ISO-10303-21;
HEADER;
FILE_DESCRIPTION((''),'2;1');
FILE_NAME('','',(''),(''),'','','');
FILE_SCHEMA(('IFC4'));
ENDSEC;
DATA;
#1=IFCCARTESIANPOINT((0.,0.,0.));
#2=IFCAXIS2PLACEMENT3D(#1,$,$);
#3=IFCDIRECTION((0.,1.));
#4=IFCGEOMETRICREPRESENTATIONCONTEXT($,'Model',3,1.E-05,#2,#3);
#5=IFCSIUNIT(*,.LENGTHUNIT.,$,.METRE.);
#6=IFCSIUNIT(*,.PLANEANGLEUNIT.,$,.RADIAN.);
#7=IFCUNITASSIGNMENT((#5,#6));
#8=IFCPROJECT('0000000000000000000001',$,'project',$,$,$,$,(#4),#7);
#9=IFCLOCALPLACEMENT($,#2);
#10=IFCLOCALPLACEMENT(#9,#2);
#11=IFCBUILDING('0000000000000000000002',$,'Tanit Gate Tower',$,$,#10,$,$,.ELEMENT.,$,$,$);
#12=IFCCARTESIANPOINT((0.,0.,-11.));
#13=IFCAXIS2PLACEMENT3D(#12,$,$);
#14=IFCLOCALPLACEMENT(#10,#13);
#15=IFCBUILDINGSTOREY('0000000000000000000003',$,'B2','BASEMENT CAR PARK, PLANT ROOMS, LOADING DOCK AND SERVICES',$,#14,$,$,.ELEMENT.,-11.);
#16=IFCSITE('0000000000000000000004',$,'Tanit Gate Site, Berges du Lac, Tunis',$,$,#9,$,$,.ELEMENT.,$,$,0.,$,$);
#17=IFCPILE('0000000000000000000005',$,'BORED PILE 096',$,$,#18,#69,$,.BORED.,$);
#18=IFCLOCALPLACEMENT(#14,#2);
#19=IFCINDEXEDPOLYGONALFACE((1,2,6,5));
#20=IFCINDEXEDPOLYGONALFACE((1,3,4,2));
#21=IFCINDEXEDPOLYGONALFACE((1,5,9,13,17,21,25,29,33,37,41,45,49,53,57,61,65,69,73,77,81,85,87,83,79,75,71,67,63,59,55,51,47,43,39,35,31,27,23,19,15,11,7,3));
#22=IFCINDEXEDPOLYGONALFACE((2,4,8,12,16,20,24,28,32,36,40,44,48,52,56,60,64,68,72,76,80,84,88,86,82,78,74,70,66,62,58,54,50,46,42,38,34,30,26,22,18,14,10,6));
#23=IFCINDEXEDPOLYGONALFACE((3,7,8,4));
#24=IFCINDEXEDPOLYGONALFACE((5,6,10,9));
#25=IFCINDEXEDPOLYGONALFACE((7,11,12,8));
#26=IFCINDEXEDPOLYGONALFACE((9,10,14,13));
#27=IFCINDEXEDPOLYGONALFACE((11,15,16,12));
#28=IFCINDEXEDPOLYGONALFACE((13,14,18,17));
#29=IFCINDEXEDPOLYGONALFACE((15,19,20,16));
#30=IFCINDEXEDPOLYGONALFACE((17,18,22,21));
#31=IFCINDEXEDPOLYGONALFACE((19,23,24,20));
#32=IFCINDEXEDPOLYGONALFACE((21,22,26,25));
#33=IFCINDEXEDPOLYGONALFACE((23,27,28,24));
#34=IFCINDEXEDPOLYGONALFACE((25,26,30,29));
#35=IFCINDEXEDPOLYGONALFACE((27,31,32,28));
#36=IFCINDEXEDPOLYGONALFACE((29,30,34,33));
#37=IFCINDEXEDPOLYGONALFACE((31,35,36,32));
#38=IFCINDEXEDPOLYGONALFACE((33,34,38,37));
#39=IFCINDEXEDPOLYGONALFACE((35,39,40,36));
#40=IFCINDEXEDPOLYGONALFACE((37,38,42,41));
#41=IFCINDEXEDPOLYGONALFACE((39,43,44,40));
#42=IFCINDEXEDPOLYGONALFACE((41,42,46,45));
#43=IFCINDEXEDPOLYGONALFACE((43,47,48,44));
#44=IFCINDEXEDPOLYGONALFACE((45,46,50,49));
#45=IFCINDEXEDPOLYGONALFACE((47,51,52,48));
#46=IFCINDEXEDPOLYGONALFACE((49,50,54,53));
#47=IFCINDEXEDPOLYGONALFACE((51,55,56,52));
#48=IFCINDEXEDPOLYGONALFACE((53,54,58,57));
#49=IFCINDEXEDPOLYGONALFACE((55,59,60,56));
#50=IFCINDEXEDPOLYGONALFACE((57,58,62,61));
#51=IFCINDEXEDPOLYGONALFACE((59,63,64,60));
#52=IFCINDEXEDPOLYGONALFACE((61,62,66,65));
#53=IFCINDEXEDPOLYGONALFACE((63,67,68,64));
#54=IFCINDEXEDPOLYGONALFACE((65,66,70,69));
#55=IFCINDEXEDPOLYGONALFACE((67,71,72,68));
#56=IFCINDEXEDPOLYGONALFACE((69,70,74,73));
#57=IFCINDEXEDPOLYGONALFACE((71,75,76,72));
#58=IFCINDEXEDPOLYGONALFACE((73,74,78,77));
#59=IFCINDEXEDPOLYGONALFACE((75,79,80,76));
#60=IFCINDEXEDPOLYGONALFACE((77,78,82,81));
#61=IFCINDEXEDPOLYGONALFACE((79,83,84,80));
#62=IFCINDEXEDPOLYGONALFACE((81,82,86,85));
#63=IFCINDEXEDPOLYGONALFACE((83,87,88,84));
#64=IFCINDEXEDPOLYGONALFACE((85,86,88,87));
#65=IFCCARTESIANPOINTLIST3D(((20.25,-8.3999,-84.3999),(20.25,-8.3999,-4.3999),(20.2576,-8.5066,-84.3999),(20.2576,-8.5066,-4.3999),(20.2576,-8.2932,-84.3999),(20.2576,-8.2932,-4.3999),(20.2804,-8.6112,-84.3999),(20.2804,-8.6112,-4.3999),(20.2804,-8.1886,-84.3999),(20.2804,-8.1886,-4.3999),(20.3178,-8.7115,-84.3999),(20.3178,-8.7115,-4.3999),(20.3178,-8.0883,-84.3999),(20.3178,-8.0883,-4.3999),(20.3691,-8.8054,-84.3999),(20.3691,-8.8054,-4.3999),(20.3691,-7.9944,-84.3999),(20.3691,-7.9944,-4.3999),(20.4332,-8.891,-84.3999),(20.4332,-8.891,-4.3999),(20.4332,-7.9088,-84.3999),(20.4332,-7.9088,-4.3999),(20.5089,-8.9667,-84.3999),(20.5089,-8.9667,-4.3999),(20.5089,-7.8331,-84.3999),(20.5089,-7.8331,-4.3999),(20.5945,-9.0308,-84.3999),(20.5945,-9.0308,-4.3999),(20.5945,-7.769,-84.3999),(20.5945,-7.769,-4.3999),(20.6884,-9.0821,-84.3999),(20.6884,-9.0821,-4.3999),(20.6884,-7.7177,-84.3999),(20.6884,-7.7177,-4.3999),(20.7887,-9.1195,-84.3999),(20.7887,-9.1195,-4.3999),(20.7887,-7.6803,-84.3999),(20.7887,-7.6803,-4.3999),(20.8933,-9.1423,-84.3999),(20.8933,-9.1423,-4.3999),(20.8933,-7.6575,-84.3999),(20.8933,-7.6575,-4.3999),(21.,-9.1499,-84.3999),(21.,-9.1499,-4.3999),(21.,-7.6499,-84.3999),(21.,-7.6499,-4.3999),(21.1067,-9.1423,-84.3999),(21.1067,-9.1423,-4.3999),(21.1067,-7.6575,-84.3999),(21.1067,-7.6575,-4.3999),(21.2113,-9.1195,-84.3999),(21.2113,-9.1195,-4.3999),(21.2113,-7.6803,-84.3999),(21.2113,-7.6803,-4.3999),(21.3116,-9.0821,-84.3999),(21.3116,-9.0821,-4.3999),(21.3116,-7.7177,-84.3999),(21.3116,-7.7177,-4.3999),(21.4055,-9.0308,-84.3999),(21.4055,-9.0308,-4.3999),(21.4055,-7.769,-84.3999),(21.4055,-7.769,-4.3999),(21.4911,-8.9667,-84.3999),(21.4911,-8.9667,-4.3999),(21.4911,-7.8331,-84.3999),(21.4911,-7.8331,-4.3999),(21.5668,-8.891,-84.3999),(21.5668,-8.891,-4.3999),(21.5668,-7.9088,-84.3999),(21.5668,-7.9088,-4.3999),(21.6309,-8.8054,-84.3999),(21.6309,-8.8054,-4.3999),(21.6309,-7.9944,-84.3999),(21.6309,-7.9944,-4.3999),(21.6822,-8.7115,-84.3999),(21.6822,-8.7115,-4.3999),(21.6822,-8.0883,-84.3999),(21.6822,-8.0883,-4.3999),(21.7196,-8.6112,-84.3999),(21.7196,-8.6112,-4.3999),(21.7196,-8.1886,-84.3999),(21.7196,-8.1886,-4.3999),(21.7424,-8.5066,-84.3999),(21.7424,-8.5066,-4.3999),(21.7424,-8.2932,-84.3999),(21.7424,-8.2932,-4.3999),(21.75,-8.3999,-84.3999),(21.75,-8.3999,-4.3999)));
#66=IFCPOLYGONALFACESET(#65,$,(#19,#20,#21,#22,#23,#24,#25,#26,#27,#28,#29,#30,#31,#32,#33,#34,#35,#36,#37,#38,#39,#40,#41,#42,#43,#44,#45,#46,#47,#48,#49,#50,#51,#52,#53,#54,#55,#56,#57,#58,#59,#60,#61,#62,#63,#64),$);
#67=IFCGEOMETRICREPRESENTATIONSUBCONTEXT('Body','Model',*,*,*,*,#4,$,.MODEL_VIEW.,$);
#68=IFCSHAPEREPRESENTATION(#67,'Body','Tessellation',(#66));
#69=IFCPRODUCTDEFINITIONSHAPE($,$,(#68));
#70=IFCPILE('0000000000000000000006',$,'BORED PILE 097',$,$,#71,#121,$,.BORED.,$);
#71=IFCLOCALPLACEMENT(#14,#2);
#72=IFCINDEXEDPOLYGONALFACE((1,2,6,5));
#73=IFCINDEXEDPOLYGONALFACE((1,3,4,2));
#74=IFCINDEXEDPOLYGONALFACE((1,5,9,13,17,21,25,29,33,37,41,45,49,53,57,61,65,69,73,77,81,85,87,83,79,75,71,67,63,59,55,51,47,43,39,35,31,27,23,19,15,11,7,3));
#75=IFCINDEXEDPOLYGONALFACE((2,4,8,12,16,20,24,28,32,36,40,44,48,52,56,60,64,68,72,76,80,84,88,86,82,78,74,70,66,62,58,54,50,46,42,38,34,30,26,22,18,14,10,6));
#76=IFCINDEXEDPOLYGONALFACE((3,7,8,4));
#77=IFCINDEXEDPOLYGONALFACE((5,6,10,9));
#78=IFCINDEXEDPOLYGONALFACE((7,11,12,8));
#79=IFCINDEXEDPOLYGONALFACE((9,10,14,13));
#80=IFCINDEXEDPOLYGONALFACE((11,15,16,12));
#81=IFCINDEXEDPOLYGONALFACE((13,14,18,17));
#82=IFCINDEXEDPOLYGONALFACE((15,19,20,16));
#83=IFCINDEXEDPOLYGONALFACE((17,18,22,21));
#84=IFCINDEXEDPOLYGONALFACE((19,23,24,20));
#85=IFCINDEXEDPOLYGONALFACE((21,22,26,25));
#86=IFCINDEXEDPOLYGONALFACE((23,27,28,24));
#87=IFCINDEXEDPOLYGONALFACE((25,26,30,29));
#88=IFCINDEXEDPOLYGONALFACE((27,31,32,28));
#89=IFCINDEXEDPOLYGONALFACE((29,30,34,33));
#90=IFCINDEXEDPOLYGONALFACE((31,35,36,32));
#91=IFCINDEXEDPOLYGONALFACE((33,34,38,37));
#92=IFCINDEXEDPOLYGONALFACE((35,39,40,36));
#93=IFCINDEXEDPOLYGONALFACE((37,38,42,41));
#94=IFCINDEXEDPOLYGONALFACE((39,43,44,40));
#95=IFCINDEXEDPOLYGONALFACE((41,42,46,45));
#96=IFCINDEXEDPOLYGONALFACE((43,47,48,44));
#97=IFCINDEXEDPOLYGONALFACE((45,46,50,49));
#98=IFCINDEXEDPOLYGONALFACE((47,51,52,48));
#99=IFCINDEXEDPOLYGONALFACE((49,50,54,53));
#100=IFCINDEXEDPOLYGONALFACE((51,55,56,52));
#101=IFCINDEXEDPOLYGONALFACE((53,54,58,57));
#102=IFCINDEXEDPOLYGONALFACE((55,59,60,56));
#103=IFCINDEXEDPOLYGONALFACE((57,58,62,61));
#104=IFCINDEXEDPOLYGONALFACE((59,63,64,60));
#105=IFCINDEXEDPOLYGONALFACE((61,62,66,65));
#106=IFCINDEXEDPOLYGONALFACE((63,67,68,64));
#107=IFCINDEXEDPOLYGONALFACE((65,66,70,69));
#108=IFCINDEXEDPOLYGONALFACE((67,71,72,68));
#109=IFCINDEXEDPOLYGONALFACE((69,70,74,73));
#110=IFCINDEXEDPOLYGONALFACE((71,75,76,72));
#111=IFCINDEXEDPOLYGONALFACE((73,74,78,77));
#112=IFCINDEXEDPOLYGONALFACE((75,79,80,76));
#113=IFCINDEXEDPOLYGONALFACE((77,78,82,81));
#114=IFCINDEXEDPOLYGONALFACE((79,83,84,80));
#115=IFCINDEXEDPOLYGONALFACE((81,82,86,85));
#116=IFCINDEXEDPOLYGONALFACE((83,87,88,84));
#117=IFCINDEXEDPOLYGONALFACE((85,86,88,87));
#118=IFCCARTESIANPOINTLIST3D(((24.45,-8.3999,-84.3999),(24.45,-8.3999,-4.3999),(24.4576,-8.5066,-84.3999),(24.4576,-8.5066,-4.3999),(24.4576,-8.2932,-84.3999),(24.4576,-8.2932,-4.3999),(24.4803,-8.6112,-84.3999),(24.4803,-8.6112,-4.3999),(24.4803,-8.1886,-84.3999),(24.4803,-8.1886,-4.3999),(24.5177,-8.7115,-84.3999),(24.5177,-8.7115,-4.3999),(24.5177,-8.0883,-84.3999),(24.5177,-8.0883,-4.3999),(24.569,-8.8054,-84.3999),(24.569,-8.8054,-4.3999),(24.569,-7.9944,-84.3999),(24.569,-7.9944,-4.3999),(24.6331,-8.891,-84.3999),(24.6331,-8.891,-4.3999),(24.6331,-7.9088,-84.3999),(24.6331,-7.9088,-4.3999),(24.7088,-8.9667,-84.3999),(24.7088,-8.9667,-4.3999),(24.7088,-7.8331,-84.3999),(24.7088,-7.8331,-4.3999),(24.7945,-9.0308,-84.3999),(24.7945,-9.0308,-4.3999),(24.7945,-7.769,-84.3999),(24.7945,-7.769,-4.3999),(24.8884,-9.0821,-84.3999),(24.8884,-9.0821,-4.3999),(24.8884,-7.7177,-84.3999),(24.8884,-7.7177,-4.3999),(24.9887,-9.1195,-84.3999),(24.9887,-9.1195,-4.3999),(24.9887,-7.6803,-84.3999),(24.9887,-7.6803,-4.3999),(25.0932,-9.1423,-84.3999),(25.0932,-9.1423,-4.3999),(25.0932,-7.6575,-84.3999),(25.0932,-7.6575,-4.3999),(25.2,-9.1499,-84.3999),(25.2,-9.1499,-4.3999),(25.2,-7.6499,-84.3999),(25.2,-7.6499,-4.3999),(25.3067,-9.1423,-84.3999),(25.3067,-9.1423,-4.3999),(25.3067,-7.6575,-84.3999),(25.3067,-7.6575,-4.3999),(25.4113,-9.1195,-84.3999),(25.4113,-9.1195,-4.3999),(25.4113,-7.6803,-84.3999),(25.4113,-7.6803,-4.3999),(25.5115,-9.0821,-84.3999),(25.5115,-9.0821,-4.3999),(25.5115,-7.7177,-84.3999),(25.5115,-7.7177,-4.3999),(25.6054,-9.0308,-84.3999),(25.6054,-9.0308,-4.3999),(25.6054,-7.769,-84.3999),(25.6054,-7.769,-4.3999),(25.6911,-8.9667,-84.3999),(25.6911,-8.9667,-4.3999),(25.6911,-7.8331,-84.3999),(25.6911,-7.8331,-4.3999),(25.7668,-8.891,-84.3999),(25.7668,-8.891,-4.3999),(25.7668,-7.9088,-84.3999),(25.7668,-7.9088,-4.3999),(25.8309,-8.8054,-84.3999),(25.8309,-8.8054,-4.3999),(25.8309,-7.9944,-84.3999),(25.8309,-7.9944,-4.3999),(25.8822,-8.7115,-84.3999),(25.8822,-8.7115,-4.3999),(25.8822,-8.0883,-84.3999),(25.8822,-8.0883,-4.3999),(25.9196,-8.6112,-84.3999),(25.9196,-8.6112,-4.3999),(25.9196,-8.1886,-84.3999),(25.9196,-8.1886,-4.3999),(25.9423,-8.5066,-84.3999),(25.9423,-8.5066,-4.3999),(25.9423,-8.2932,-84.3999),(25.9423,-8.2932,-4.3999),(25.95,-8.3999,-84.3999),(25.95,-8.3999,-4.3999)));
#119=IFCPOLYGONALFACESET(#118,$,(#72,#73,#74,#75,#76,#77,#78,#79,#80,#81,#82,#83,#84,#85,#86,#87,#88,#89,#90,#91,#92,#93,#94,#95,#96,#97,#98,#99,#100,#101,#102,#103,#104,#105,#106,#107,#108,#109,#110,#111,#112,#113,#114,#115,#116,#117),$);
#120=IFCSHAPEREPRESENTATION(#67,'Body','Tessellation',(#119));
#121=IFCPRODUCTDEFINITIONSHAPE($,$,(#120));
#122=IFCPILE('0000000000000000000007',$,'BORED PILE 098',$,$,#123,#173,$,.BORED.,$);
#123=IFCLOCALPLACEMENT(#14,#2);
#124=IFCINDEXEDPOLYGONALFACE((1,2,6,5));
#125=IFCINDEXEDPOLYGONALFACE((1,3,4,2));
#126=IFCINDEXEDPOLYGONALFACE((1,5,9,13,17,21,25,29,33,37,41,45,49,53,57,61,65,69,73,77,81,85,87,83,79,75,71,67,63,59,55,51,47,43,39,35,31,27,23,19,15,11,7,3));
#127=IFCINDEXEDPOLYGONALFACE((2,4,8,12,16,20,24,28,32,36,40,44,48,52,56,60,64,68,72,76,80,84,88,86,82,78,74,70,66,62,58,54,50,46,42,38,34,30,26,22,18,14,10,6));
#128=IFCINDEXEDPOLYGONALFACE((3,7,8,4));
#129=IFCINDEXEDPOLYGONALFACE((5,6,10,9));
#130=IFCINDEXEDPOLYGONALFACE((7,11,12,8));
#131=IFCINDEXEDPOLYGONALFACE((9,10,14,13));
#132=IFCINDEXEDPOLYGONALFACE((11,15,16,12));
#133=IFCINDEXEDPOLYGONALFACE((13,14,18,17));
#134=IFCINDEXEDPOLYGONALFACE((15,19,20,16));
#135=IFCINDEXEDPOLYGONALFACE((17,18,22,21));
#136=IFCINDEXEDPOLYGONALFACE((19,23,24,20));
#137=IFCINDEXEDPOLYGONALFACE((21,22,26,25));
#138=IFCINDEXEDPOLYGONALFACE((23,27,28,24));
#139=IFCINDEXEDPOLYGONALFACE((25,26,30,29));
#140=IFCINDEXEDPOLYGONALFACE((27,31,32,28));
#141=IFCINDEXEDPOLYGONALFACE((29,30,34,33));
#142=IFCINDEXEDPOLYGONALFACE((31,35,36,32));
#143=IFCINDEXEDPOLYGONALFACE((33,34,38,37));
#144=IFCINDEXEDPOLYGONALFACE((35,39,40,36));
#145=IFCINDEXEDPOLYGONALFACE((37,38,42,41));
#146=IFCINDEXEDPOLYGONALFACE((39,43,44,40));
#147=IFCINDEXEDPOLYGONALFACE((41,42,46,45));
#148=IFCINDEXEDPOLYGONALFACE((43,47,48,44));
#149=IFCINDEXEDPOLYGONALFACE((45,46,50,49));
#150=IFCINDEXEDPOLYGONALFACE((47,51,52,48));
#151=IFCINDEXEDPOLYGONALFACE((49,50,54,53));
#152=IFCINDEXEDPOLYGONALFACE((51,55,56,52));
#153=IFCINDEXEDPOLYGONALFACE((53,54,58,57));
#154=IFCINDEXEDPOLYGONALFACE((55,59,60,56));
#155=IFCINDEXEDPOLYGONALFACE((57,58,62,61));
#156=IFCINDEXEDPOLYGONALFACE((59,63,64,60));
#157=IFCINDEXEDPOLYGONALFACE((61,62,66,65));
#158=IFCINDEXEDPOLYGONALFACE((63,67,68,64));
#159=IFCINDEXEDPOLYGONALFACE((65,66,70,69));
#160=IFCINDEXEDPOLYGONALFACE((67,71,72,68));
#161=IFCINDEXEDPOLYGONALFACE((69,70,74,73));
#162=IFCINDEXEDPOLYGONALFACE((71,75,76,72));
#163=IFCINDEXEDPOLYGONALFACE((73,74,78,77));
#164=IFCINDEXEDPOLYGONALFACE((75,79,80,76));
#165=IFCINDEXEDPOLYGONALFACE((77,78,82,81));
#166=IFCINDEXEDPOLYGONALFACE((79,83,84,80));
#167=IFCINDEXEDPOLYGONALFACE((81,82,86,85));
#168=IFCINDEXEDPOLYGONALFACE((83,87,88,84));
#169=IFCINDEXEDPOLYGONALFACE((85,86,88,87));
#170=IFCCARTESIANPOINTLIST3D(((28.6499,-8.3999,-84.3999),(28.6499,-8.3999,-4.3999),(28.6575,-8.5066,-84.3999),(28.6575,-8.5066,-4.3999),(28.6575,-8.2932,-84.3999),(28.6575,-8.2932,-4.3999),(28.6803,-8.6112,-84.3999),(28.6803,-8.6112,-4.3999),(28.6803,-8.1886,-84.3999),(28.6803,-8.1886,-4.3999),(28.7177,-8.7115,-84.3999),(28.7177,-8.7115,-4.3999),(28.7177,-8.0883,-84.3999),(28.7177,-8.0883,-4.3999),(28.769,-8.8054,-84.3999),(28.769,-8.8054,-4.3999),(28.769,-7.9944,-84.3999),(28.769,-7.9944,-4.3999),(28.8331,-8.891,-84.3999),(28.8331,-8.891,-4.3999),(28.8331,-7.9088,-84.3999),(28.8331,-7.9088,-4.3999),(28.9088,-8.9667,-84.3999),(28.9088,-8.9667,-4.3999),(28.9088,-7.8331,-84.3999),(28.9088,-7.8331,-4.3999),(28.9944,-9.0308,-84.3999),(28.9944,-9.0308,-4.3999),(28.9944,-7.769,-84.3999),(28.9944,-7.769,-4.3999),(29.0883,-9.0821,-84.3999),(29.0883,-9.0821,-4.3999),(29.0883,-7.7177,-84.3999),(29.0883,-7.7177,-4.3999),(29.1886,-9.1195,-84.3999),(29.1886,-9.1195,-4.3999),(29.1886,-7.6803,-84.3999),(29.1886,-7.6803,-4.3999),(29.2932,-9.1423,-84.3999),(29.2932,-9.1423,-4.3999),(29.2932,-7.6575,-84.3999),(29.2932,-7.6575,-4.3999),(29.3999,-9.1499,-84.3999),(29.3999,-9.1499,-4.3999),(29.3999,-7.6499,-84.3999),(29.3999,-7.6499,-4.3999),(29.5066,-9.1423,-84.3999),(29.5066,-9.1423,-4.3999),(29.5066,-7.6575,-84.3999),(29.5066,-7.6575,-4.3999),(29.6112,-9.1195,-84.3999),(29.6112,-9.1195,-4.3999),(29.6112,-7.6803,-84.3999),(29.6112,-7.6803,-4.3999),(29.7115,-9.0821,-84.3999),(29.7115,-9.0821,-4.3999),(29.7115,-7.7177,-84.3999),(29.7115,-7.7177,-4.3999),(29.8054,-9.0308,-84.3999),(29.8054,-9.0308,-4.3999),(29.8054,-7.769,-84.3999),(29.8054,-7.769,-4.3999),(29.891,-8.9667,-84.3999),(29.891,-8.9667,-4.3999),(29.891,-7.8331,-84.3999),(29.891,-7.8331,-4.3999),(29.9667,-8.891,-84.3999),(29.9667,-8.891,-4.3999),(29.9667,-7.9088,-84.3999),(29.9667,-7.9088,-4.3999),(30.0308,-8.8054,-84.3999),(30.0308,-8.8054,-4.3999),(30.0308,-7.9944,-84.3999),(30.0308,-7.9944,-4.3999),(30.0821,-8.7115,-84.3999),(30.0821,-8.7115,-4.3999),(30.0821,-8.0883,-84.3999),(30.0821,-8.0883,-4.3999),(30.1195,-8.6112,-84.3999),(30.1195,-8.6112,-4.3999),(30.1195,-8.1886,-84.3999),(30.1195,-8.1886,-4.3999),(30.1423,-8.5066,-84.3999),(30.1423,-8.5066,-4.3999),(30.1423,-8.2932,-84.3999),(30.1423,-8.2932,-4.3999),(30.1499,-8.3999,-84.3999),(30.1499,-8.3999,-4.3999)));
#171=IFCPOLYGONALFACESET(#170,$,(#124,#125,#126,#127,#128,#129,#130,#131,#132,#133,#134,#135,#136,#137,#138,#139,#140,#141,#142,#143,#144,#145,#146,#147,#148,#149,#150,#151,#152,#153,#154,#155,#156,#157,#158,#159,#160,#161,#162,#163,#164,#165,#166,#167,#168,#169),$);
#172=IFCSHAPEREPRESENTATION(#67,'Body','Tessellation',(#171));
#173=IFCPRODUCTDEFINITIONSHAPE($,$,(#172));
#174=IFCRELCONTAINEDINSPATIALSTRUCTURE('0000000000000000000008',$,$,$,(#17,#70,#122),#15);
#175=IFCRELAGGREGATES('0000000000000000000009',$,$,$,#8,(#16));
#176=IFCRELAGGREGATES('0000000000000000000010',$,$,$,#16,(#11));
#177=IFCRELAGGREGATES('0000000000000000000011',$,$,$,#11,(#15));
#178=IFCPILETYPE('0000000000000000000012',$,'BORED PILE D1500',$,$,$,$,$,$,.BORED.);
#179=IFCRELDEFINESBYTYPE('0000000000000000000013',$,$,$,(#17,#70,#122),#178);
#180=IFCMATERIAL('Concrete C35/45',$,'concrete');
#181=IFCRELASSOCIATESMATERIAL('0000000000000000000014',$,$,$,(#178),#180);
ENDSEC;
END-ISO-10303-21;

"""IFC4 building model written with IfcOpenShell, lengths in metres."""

from ifc_helpers import new_model, si_unit, direction, frame, origin, origin_2d, place, context, subcontext, project, spatial, circle, extrude, material, material_profile, profile_set, type_object, element, save


model = new_model("IFC4")

# Units and contexts
model_context = context("Model", 3, precision=1e-05, world=origin(), true_north=direction((0.0, 1.0)))
body_context = subcontext(model_context, "Body", "Model", "MODEL_VIEW")
ifc_project = project(units=[si_unit("LENGTHUNIT", "METRE"), si_unit("PLANEANGLEUNIT", "RADIAN")], contexts=[model_context])

# Site, building, storey
site_placement = place(None, origin())
site = spatial("IfcSite", under=ifc_project, at=site_placement, Name="Tanit Gate Site, Berges du Lac, Tunis", CompositionType="ELEMENT", RefElevation=0.0)
building_placement = place(site_placement, origin())
building = spatial("IfcBuilding", under=site, at=building_placement, Name="Tanit Gate Tower", CompositionType="ELEMENT")
storey_placement = place(building_placement, frame((0.0, 0.0, -11.0)))
storey = spatial("IfcBuildingStorey", under=building, at=storey_placement, Name="B2", Description="BASEMENT CAR PARK, PLANT ROOMS, LOADING DOCK AND SERVICES", CompositionType="ELEMENT", Elevation=-11.0)

# Piles
ifc_material_1 = material(Name="Concrete C35/45", Category="concrete")
ifc_material_profile = material_profile(ifc_material_1, circle(Radius=0.75, at=origin_2d()), Name="BORED PILE D1500 C35/45")
ifc_profile_set = profile_set([ifc_material_profile], Name="Concrete C35/45")
pile_type = type_object("IfcPileType", Name="BORED PILE D1500", PredefinedType="BORED", material=ifc_profile_set)
for number, where, z_axis, x_axis, name in (
    (1, (21.0, -8.3999, -4.3999), (0.0, 0.0, -1.0), (1.0, 0.0, 0.0), "BORED PILE 096"),
    (2, (25.2, -8.3999, -4.3999), (0.0, 0.0, -1.0), (1.0, 0.0, 0.0), "BORED PILE 097"),
    (3, (29.3999, -8.3999, -4.3999), (0.0, 0.0, -1.0), (1.0, 0.0, 0.0), "BORED PILE 098"),
):
    element("IfcPile", number, at=place(storey_placement, frame(where, z_axis=z_axis, x_axis=x_axis)), inside=storey, type_object=pile_type, Name=name, PredefinedType="BORED", context=body_context, shape_type="SweptSolid", body=[
        extrude(circle(Radius=0.75, at=origin_2d()), origin(), (0.0, 0.0, 1.0), 80.0),
    ])

save(model, "model.ifc")
